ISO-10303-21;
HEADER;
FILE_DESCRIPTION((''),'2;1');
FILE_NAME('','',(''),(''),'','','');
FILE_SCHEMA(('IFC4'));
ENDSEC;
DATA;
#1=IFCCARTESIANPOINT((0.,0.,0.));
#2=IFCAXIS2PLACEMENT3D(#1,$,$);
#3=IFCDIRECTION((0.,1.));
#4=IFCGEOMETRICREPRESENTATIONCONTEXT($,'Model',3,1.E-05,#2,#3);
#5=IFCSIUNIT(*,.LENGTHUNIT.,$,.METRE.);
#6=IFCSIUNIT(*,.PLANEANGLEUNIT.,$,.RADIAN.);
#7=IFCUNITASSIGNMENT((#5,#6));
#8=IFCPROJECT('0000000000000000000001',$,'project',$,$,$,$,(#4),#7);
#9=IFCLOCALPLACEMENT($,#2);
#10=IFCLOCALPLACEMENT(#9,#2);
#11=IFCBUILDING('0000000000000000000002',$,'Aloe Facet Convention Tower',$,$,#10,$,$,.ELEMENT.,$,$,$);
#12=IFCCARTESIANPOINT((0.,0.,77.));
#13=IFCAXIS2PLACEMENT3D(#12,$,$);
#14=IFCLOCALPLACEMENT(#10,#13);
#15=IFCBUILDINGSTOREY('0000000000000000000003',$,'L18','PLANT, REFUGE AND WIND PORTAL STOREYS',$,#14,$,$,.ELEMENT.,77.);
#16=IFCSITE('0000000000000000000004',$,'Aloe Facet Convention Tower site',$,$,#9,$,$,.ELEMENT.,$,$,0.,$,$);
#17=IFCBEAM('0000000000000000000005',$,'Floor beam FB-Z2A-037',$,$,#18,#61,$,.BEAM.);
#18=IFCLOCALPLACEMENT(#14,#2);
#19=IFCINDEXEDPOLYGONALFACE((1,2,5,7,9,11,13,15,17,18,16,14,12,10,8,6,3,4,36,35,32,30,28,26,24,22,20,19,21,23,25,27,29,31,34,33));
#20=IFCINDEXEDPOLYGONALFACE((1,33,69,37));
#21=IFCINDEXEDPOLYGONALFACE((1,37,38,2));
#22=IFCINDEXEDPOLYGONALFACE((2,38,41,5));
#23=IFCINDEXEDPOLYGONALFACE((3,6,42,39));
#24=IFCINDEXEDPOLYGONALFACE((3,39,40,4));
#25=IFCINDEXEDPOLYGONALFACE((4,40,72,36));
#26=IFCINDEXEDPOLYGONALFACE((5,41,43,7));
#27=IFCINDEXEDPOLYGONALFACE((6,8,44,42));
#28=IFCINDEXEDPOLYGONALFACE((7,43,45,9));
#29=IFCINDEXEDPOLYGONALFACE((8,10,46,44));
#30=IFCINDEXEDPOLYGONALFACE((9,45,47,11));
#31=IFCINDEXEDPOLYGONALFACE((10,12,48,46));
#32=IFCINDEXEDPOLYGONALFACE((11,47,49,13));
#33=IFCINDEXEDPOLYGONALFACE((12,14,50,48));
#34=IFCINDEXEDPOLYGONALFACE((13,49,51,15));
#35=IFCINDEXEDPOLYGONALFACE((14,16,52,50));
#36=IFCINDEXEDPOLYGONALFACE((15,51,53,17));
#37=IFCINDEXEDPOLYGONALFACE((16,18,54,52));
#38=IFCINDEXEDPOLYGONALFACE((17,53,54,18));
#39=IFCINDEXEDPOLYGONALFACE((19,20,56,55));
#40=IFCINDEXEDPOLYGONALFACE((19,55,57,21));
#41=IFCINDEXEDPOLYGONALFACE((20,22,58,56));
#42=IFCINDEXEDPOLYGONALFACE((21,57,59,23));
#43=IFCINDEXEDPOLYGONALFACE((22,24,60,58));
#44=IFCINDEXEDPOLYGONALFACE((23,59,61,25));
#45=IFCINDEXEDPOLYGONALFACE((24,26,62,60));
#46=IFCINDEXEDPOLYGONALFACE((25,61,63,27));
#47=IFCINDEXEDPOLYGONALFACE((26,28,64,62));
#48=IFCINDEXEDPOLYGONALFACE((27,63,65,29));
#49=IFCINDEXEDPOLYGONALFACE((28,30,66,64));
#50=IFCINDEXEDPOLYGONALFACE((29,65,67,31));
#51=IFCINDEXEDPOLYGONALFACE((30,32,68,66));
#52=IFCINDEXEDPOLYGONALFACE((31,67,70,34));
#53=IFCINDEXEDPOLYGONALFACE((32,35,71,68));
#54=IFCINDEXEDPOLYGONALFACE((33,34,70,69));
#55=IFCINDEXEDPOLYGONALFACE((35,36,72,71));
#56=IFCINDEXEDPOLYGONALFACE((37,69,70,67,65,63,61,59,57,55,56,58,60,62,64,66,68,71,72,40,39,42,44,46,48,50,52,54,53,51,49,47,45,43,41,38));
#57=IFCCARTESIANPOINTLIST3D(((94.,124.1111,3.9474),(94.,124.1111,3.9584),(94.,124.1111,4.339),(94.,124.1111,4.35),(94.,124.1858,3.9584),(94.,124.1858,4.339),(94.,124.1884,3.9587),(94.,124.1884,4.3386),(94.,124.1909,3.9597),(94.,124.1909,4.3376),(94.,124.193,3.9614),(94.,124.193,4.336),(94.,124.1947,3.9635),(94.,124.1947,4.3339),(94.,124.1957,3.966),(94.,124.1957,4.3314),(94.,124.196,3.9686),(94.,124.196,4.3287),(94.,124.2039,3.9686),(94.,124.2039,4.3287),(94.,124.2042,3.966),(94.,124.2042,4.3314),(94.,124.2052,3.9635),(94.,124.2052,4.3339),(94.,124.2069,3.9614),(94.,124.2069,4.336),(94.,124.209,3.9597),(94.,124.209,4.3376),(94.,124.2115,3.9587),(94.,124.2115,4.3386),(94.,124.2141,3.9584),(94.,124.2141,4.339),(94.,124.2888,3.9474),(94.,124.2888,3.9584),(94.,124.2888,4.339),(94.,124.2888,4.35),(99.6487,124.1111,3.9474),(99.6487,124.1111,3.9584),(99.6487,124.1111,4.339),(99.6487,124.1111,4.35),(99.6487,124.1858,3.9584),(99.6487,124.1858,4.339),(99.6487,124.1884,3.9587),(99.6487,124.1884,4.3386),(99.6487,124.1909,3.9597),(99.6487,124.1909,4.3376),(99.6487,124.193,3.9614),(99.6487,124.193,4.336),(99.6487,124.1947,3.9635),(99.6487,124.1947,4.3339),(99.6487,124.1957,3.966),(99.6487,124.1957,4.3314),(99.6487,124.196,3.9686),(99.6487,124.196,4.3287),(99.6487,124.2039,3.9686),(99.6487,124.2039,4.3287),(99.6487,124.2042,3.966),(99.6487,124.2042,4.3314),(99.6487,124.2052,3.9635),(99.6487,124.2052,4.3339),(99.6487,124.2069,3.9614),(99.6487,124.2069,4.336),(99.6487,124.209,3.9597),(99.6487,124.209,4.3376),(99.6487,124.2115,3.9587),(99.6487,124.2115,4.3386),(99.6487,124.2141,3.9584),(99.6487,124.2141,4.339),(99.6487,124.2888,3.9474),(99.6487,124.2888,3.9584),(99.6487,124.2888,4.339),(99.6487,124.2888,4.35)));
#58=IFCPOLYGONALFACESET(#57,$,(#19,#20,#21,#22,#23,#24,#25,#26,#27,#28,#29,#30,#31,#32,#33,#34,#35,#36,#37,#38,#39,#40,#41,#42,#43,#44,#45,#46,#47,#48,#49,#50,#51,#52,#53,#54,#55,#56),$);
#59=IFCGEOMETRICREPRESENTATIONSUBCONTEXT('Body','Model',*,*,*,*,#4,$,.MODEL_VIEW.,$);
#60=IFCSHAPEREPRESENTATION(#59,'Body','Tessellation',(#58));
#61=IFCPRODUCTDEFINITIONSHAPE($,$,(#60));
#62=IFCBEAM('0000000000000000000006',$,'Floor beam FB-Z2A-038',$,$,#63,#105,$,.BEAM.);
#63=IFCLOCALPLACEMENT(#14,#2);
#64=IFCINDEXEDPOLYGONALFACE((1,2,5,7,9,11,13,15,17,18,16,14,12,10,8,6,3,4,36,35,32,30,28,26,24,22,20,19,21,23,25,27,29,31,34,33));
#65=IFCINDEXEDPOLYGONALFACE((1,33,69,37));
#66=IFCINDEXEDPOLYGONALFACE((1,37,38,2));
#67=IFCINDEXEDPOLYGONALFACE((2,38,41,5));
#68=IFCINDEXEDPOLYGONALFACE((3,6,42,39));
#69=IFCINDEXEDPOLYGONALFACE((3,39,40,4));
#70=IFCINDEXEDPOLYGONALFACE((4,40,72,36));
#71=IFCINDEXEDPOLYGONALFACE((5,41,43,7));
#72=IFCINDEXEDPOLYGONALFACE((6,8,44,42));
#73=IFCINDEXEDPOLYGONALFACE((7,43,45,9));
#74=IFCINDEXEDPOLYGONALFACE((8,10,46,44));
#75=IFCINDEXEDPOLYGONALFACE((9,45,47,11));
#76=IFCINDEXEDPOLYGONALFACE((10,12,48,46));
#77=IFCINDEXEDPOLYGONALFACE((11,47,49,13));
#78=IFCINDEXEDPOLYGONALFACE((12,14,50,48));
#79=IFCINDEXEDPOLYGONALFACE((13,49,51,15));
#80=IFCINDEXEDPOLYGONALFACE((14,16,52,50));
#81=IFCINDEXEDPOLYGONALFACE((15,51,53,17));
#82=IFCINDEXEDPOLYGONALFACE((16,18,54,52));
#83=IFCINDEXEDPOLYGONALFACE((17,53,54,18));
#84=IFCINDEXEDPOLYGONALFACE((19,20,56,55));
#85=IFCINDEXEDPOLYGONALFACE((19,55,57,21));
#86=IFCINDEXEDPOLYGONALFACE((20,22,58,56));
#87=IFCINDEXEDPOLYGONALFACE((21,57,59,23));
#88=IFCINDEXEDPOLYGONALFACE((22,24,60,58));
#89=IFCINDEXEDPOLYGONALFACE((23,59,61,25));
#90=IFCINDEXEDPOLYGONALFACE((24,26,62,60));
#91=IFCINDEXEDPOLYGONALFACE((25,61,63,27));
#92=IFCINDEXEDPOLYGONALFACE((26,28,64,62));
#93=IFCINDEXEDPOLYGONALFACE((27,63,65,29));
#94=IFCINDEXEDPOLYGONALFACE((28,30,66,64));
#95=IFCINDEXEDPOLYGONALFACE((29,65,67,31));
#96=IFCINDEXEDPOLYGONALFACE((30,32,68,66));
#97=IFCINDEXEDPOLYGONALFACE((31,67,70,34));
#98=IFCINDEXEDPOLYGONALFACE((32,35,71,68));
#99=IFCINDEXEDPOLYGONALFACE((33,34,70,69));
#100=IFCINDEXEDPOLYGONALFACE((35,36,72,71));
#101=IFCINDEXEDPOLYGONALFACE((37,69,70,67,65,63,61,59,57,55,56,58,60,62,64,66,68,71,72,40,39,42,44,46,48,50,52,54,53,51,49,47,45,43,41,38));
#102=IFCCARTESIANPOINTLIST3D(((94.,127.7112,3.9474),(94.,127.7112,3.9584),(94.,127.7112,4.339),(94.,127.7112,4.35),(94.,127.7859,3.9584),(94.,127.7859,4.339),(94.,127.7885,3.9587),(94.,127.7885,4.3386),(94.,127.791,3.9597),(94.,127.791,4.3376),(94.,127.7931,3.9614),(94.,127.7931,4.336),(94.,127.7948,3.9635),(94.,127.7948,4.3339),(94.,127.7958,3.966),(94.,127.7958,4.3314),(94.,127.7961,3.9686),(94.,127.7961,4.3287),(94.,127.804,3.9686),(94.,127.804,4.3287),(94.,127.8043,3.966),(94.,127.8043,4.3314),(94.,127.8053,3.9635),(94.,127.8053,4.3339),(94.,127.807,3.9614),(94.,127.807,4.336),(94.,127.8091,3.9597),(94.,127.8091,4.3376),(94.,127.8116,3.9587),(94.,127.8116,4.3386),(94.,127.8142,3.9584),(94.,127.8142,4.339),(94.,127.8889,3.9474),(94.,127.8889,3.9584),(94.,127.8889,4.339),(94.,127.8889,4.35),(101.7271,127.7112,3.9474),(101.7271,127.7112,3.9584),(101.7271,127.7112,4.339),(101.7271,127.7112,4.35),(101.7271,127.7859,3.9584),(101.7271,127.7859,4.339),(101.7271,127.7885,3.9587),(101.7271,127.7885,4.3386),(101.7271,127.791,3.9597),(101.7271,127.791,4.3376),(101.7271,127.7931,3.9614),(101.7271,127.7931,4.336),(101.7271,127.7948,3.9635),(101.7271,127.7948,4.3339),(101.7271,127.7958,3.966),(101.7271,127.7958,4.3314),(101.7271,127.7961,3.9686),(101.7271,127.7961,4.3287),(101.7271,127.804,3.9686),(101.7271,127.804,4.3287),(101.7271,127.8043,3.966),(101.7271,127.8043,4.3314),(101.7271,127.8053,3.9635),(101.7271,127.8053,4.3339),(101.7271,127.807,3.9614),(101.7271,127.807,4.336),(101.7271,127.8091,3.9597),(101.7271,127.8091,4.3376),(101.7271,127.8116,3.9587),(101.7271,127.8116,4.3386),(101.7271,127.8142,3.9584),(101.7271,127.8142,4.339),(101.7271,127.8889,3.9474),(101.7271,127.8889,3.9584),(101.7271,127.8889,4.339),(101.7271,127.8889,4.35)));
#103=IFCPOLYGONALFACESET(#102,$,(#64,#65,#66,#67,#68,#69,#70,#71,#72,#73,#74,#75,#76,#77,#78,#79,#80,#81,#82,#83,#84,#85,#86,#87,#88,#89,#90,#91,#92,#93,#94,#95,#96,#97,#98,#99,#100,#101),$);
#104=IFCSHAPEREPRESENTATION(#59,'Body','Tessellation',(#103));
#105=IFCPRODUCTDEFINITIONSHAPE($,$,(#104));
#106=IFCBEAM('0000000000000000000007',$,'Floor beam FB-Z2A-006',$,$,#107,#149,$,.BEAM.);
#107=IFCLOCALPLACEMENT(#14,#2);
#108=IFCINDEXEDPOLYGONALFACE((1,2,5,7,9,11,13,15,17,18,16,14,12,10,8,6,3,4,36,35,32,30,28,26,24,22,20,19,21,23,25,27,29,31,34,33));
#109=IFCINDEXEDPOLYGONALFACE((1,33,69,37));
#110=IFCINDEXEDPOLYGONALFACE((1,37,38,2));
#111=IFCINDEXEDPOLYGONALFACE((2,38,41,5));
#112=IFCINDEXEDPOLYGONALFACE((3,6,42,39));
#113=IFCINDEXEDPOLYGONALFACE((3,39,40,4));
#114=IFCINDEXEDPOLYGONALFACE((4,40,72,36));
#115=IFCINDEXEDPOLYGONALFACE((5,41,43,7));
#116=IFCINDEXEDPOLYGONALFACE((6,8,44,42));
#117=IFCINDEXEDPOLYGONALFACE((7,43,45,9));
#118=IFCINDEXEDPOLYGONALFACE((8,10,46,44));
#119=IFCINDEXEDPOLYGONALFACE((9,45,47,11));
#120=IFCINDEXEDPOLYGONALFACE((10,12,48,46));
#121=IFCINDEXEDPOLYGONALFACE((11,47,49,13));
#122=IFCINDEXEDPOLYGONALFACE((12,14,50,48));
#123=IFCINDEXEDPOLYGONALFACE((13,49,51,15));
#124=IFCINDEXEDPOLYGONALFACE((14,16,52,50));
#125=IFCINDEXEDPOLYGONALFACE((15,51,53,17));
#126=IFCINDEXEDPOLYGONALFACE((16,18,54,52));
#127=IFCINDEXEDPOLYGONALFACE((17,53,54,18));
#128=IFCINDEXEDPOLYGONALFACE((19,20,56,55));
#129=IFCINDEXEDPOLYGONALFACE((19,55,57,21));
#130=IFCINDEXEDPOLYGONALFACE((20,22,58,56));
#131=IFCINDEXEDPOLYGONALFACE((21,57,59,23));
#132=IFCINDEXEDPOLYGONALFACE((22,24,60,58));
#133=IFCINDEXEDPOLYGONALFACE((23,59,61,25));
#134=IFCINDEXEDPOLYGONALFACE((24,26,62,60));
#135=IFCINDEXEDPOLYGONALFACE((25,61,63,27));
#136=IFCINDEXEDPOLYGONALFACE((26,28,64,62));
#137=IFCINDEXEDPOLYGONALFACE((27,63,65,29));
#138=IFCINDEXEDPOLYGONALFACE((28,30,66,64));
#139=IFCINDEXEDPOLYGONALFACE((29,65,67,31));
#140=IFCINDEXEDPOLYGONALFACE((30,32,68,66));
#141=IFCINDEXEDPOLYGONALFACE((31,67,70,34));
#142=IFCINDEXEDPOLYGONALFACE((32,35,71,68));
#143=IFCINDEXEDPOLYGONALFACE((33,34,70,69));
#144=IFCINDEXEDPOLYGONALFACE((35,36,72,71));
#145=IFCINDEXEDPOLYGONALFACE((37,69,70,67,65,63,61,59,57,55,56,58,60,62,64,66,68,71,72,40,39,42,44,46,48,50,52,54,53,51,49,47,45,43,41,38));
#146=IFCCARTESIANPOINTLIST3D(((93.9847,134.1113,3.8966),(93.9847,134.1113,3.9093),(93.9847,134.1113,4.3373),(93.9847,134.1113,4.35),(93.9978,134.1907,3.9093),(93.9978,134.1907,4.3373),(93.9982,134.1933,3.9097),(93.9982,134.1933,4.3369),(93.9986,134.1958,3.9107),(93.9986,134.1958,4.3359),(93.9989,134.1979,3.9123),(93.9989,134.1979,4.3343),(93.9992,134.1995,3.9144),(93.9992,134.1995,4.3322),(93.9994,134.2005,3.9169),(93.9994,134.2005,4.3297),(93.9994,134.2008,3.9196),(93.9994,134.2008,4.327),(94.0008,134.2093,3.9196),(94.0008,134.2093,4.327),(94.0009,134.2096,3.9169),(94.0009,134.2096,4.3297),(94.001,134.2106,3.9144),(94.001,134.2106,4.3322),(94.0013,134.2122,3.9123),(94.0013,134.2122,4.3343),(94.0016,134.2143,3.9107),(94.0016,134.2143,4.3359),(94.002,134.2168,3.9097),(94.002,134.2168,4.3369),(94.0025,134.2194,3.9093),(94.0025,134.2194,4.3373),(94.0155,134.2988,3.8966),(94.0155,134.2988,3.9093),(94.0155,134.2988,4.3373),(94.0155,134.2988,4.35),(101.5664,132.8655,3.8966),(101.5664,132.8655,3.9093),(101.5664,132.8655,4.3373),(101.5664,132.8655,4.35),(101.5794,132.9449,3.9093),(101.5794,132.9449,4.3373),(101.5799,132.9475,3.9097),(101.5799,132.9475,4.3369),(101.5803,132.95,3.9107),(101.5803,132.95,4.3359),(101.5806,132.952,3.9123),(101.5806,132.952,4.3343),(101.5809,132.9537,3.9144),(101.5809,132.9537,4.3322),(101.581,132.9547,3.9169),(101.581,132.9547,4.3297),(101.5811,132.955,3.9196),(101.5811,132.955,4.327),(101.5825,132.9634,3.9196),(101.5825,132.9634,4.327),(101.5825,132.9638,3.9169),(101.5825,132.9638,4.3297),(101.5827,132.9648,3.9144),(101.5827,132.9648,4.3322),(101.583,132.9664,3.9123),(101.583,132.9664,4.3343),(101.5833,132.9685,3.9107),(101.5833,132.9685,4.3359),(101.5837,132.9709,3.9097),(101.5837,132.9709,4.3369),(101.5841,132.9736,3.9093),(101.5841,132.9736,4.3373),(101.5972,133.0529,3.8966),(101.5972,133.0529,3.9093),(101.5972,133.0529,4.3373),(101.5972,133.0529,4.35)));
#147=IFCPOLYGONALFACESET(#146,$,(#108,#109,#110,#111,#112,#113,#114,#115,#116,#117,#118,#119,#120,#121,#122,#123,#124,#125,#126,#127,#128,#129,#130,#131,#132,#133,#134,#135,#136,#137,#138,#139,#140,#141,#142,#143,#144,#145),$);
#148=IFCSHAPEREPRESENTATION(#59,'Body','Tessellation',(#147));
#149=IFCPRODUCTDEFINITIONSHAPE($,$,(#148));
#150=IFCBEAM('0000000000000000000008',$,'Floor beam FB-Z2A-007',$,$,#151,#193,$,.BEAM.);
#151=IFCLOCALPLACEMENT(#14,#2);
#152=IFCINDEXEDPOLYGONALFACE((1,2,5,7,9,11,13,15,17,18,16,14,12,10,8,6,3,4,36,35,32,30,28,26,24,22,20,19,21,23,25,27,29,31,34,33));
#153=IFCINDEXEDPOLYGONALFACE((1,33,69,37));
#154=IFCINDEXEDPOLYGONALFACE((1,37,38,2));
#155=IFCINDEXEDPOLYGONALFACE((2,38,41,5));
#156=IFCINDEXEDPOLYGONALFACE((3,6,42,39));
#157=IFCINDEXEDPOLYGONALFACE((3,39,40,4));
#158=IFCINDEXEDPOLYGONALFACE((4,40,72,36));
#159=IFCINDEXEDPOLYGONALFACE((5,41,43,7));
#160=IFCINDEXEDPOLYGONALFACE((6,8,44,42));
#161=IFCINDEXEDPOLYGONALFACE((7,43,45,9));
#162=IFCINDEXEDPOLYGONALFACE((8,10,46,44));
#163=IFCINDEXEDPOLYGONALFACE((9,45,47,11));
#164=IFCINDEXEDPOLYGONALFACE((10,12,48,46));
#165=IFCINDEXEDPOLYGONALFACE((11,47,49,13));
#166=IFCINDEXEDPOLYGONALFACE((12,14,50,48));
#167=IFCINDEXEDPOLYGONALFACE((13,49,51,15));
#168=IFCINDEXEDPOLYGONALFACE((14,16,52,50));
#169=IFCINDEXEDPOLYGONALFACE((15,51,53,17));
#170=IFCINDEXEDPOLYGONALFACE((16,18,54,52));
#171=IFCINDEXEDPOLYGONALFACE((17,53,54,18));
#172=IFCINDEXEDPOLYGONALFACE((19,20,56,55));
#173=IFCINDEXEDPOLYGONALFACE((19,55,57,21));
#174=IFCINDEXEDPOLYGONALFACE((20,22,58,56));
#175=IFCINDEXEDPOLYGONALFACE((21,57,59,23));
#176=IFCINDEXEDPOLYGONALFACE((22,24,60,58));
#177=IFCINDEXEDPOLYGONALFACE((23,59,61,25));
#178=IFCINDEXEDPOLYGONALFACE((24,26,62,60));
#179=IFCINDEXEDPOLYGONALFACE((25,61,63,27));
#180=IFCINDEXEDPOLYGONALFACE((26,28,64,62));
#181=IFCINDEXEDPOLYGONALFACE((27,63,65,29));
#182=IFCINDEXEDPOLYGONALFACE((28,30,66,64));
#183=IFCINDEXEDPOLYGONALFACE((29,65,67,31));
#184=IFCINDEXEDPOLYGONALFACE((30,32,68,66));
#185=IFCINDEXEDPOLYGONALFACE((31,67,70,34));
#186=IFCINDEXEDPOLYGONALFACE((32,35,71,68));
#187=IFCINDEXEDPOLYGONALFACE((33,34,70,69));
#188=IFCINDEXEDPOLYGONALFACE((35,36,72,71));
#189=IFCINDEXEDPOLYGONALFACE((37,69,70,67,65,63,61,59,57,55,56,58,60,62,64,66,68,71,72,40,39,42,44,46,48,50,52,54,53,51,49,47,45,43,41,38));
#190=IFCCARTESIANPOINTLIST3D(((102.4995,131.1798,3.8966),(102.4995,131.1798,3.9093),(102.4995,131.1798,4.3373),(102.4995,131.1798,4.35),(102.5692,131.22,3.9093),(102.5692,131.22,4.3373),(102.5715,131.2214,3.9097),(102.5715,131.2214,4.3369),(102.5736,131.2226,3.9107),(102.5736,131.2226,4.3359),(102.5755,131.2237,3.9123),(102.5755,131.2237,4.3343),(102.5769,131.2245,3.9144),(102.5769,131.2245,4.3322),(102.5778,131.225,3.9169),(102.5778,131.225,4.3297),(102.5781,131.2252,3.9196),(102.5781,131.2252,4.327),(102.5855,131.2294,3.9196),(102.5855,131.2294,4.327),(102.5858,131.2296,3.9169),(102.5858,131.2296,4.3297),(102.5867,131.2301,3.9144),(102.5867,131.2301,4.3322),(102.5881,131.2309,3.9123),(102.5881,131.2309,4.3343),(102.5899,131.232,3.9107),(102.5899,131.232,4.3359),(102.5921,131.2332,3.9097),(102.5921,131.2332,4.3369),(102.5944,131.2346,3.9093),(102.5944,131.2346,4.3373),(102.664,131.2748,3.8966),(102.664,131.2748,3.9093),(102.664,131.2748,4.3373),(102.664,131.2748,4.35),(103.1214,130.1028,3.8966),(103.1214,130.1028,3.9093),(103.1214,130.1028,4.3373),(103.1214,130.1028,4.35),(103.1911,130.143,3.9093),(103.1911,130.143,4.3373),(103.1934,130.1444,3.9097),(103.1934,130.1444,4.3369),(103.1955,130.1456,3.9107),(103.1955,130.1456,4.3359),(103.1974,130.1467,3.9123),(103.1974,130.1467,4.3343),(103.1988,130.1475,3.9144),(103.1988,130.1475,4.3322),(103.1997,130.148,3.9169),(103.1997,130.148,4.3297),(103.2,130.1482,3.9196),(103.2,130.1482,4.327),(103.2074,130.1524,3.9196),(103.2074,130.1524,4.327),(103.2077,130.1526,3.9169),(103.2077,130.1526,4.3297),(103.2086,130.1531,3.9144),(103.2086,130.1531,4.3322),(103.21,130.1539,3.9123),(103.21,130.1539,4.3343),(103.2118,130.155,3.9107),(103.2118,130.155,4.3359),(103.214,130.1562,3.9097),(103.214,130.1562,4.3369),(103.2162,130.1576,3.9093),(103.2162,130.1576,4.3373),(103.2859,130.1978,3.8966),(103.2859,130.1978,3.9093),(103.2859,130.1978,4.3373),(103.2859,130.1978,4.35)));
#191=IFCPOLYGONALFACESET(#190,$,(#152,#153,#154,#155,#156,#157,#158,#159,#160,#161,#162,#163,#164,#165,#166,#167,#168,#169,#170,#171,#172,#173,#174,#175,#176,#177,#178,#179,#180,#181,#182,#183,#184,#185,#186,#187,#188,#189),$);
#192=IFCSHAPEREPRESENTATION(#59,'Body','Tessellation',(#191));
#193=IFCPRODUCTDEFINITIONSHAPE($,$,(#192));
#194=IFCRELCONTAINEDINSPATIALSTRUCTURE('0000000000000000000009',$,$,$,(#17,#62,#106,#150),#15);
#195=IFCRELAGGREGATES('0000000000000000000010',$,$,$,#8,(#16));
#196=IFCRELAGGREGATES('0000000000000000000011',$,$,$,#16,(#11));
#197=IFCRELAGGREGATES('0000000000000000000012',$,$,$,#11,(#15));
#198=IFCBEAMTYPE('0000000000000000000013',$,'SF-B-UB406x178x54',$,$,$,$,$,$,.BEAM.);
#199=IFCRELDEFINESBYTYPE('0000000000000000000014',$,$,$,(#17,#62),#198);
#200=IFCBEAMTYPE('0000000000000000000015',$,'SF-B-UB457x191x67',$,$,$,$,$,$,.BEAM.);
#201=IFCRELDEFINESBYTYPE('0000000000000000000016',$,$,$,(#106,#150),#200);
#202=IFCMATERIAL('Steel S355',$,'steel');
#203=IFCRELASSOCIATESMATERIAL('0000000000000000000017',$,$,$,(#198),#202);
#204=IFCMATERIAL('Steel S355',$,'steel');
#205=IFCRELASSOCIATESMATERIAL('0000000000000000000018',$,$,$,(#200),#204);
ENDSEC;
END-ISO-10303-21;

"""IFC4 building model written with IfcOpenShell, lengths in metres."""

from ifc_helpers import new_model, si_unit, direction, frame, origin, origin_2d, place, context, subcontext, project, spatial, i_section, extrude, material, material_profile, profile_set, type_object, element, save


model = new_model("IFC4")

# Units and contexts
model_context = context("Model", 3, precision=1e-05, world=origin(), true_north=direction((0.0, 1.0)))
body_context = subcontext(model_context, "Body", "Model", "MODEL_VIEW")
ifc_project = project(units=[si_unit("LENGTHUNIT", "METRE"), si_unit("PLANEANGLEUNIT", "RADIAN")], contexts=[model_context])

# Site, building, storey
site_placement = place(None, origin())
site = spatial("IfcSite", under=ifc_project, at=site_placement, Name="Aloe Facet Convention Tower site", CompositionType="ELEMENT", RefElevation=0.0)
building_placement = place(site_placement, origin())
building = spatial("IfcBuilding", under=site, at=building_placement, Name="Aloe Facet Convention Tower", CompositionType="ELEMENT")
storey_placement = place(building_placement, frame((0.0, 0.0, 77.0)))
storey = spatial("IfcBuildingStorey", under=building, at=storey_placement, Name="L18", Description="PLANT, REFUGE AND WIND PORTAL STOREYS", CompositionType="ELEMENT", Elevation=77.0)

# Beams
ifc_material_1 = material(Name="Steel S355", Category="steel")
ifc_material_profile_1 = material_profile(ifc_material_1, i_section(OverallWidth=0.1777, OverallDepth=0.4026, WebThickness=0.0078, FlangeThickness=0.011, FilletRadius=0.0103, at=origin_2d()), Name="UB 406x178x54")
ifc_profile_set_1 = profile_set([ifc_material_profile_1], Name="Steel S355")
beam_type_1 = type_object("IfcBeamType", Name="SF-B-UB406x178x54", PredefinedType="BEAM", material=ifc_profile_set_1)
beam_1_placement = place(storey_placement, frame((94.0, 124.2, 4.1487), z_axis=(1.0, 0.0, 0.0), x_axis=(0.0, 1.0, 0.0)))
element("IfcBeam", 1, at=beam_1_placement, inside=storey, type_object=beam_type_1, Name="Floor beam FB-Z2A-037", PredefinedType="BEAM", context=body_context, shape_type="SweptSolid", body=[
    extrude(i_section(OverallWidth=0.1777, OverallDepth=0.4026, WebThickness=0.0078, FlangeThickness=0.011, FilletRadius=0.0103, at=origin_2d()), origin(), (0.0, 0.0, 1.0), 5.6487),
])
beam_2_placement = place(storey_placement, frame((94.0, 127.8, 4.1487), z_axis=(1.0, 0.0, 0.0), x_axis=(0.0, 1.0, 0.0)))
element("IfcBeam", 2, at=beam_2_placement, inside=storey, type_object=beam_type_1, Name="Floor beam FB-Z2A-038", PredefinedType="BEAM", context=body_context, shape_type="SweptSolid", body=[
    extrude(i_section(OverallWidth=0.1777, OverallDepth=0.4026, WebThickness=0.0078, FlangeThickness=0.011, FilletRadius=0.0103, at=origin_2d()), origin(), (0.0, 0.0, 1.0), 7.7271),
])
ifc_material_2 = material(Name="Steel S355", Category="steel")
ifc_material_profile_2 = material_profile(ifc_material_2, i_section(OverallWidth=0.1899, OverallDepth=0.4534, WebThickness=0.0085, FlangeThickness=0.0127, FilletRadius=0.0103, at=origin_2d()), Name="UB 457x191x67")
ifc_profile_set_2 = profile_set([ifc_material_profile_2], Name="Steel S355")
beam_type_2 = type_object("IfcBeamType", Name="SF-B-UB457x191x67", PredefinedType="BEAM", material=ifc_profile_set_2)
beam_3_placement = place(storey_placement, frame((101.5818, 132.9592, 4.1233), z_axis=(-0.986767, 0.162147, 0.0), x_axis=(-0.162147, -0.986767, 0.0)))
element("IfcBeam", 3, at=beam_3_placement, inside=storey, type_object=beam_type_2, Name="Floor beam FB-Z2A-006", PredefinedType="BEAM", context=body_context, shape_type="SweptSolid", body=[
    extrude(i_section(OverallWidth=0.1899, OverallDepth=0.4534, WebThickness=0.0085, FlangeThickness=0.0127, FilletRadius=0.0103, at=origin_2d()), origin(), (0.0, 0.0, 1.0), 7.6833),
])
beam_4_placement = place(storey_placement, frame((102.5818, 131.2273, 4.1233), z_axis=(0.500045, -0.865999, 0.0), x_axis=(0.865999, 0.500045, 0.0)))
element("IfcBeam", 4, at=beam_4_placement, inside=storey, type_object=beam_type_2, Name="Floor beam FB-Z2A-007", PredefinedType="BEAM", context=body_context, shape_type="SweptSolid", body=[
    extrude(i_section(OverallWidth=0.1899, OverallDepth=0.4534, WebThickness=0.0085, FlangeThickness=0.0127, FilletRadius=0.0103, at=origin_2d()), origin(), (0.0, 0.0, 1.0), 1.2437),
])

save(model, "model.ifc")
